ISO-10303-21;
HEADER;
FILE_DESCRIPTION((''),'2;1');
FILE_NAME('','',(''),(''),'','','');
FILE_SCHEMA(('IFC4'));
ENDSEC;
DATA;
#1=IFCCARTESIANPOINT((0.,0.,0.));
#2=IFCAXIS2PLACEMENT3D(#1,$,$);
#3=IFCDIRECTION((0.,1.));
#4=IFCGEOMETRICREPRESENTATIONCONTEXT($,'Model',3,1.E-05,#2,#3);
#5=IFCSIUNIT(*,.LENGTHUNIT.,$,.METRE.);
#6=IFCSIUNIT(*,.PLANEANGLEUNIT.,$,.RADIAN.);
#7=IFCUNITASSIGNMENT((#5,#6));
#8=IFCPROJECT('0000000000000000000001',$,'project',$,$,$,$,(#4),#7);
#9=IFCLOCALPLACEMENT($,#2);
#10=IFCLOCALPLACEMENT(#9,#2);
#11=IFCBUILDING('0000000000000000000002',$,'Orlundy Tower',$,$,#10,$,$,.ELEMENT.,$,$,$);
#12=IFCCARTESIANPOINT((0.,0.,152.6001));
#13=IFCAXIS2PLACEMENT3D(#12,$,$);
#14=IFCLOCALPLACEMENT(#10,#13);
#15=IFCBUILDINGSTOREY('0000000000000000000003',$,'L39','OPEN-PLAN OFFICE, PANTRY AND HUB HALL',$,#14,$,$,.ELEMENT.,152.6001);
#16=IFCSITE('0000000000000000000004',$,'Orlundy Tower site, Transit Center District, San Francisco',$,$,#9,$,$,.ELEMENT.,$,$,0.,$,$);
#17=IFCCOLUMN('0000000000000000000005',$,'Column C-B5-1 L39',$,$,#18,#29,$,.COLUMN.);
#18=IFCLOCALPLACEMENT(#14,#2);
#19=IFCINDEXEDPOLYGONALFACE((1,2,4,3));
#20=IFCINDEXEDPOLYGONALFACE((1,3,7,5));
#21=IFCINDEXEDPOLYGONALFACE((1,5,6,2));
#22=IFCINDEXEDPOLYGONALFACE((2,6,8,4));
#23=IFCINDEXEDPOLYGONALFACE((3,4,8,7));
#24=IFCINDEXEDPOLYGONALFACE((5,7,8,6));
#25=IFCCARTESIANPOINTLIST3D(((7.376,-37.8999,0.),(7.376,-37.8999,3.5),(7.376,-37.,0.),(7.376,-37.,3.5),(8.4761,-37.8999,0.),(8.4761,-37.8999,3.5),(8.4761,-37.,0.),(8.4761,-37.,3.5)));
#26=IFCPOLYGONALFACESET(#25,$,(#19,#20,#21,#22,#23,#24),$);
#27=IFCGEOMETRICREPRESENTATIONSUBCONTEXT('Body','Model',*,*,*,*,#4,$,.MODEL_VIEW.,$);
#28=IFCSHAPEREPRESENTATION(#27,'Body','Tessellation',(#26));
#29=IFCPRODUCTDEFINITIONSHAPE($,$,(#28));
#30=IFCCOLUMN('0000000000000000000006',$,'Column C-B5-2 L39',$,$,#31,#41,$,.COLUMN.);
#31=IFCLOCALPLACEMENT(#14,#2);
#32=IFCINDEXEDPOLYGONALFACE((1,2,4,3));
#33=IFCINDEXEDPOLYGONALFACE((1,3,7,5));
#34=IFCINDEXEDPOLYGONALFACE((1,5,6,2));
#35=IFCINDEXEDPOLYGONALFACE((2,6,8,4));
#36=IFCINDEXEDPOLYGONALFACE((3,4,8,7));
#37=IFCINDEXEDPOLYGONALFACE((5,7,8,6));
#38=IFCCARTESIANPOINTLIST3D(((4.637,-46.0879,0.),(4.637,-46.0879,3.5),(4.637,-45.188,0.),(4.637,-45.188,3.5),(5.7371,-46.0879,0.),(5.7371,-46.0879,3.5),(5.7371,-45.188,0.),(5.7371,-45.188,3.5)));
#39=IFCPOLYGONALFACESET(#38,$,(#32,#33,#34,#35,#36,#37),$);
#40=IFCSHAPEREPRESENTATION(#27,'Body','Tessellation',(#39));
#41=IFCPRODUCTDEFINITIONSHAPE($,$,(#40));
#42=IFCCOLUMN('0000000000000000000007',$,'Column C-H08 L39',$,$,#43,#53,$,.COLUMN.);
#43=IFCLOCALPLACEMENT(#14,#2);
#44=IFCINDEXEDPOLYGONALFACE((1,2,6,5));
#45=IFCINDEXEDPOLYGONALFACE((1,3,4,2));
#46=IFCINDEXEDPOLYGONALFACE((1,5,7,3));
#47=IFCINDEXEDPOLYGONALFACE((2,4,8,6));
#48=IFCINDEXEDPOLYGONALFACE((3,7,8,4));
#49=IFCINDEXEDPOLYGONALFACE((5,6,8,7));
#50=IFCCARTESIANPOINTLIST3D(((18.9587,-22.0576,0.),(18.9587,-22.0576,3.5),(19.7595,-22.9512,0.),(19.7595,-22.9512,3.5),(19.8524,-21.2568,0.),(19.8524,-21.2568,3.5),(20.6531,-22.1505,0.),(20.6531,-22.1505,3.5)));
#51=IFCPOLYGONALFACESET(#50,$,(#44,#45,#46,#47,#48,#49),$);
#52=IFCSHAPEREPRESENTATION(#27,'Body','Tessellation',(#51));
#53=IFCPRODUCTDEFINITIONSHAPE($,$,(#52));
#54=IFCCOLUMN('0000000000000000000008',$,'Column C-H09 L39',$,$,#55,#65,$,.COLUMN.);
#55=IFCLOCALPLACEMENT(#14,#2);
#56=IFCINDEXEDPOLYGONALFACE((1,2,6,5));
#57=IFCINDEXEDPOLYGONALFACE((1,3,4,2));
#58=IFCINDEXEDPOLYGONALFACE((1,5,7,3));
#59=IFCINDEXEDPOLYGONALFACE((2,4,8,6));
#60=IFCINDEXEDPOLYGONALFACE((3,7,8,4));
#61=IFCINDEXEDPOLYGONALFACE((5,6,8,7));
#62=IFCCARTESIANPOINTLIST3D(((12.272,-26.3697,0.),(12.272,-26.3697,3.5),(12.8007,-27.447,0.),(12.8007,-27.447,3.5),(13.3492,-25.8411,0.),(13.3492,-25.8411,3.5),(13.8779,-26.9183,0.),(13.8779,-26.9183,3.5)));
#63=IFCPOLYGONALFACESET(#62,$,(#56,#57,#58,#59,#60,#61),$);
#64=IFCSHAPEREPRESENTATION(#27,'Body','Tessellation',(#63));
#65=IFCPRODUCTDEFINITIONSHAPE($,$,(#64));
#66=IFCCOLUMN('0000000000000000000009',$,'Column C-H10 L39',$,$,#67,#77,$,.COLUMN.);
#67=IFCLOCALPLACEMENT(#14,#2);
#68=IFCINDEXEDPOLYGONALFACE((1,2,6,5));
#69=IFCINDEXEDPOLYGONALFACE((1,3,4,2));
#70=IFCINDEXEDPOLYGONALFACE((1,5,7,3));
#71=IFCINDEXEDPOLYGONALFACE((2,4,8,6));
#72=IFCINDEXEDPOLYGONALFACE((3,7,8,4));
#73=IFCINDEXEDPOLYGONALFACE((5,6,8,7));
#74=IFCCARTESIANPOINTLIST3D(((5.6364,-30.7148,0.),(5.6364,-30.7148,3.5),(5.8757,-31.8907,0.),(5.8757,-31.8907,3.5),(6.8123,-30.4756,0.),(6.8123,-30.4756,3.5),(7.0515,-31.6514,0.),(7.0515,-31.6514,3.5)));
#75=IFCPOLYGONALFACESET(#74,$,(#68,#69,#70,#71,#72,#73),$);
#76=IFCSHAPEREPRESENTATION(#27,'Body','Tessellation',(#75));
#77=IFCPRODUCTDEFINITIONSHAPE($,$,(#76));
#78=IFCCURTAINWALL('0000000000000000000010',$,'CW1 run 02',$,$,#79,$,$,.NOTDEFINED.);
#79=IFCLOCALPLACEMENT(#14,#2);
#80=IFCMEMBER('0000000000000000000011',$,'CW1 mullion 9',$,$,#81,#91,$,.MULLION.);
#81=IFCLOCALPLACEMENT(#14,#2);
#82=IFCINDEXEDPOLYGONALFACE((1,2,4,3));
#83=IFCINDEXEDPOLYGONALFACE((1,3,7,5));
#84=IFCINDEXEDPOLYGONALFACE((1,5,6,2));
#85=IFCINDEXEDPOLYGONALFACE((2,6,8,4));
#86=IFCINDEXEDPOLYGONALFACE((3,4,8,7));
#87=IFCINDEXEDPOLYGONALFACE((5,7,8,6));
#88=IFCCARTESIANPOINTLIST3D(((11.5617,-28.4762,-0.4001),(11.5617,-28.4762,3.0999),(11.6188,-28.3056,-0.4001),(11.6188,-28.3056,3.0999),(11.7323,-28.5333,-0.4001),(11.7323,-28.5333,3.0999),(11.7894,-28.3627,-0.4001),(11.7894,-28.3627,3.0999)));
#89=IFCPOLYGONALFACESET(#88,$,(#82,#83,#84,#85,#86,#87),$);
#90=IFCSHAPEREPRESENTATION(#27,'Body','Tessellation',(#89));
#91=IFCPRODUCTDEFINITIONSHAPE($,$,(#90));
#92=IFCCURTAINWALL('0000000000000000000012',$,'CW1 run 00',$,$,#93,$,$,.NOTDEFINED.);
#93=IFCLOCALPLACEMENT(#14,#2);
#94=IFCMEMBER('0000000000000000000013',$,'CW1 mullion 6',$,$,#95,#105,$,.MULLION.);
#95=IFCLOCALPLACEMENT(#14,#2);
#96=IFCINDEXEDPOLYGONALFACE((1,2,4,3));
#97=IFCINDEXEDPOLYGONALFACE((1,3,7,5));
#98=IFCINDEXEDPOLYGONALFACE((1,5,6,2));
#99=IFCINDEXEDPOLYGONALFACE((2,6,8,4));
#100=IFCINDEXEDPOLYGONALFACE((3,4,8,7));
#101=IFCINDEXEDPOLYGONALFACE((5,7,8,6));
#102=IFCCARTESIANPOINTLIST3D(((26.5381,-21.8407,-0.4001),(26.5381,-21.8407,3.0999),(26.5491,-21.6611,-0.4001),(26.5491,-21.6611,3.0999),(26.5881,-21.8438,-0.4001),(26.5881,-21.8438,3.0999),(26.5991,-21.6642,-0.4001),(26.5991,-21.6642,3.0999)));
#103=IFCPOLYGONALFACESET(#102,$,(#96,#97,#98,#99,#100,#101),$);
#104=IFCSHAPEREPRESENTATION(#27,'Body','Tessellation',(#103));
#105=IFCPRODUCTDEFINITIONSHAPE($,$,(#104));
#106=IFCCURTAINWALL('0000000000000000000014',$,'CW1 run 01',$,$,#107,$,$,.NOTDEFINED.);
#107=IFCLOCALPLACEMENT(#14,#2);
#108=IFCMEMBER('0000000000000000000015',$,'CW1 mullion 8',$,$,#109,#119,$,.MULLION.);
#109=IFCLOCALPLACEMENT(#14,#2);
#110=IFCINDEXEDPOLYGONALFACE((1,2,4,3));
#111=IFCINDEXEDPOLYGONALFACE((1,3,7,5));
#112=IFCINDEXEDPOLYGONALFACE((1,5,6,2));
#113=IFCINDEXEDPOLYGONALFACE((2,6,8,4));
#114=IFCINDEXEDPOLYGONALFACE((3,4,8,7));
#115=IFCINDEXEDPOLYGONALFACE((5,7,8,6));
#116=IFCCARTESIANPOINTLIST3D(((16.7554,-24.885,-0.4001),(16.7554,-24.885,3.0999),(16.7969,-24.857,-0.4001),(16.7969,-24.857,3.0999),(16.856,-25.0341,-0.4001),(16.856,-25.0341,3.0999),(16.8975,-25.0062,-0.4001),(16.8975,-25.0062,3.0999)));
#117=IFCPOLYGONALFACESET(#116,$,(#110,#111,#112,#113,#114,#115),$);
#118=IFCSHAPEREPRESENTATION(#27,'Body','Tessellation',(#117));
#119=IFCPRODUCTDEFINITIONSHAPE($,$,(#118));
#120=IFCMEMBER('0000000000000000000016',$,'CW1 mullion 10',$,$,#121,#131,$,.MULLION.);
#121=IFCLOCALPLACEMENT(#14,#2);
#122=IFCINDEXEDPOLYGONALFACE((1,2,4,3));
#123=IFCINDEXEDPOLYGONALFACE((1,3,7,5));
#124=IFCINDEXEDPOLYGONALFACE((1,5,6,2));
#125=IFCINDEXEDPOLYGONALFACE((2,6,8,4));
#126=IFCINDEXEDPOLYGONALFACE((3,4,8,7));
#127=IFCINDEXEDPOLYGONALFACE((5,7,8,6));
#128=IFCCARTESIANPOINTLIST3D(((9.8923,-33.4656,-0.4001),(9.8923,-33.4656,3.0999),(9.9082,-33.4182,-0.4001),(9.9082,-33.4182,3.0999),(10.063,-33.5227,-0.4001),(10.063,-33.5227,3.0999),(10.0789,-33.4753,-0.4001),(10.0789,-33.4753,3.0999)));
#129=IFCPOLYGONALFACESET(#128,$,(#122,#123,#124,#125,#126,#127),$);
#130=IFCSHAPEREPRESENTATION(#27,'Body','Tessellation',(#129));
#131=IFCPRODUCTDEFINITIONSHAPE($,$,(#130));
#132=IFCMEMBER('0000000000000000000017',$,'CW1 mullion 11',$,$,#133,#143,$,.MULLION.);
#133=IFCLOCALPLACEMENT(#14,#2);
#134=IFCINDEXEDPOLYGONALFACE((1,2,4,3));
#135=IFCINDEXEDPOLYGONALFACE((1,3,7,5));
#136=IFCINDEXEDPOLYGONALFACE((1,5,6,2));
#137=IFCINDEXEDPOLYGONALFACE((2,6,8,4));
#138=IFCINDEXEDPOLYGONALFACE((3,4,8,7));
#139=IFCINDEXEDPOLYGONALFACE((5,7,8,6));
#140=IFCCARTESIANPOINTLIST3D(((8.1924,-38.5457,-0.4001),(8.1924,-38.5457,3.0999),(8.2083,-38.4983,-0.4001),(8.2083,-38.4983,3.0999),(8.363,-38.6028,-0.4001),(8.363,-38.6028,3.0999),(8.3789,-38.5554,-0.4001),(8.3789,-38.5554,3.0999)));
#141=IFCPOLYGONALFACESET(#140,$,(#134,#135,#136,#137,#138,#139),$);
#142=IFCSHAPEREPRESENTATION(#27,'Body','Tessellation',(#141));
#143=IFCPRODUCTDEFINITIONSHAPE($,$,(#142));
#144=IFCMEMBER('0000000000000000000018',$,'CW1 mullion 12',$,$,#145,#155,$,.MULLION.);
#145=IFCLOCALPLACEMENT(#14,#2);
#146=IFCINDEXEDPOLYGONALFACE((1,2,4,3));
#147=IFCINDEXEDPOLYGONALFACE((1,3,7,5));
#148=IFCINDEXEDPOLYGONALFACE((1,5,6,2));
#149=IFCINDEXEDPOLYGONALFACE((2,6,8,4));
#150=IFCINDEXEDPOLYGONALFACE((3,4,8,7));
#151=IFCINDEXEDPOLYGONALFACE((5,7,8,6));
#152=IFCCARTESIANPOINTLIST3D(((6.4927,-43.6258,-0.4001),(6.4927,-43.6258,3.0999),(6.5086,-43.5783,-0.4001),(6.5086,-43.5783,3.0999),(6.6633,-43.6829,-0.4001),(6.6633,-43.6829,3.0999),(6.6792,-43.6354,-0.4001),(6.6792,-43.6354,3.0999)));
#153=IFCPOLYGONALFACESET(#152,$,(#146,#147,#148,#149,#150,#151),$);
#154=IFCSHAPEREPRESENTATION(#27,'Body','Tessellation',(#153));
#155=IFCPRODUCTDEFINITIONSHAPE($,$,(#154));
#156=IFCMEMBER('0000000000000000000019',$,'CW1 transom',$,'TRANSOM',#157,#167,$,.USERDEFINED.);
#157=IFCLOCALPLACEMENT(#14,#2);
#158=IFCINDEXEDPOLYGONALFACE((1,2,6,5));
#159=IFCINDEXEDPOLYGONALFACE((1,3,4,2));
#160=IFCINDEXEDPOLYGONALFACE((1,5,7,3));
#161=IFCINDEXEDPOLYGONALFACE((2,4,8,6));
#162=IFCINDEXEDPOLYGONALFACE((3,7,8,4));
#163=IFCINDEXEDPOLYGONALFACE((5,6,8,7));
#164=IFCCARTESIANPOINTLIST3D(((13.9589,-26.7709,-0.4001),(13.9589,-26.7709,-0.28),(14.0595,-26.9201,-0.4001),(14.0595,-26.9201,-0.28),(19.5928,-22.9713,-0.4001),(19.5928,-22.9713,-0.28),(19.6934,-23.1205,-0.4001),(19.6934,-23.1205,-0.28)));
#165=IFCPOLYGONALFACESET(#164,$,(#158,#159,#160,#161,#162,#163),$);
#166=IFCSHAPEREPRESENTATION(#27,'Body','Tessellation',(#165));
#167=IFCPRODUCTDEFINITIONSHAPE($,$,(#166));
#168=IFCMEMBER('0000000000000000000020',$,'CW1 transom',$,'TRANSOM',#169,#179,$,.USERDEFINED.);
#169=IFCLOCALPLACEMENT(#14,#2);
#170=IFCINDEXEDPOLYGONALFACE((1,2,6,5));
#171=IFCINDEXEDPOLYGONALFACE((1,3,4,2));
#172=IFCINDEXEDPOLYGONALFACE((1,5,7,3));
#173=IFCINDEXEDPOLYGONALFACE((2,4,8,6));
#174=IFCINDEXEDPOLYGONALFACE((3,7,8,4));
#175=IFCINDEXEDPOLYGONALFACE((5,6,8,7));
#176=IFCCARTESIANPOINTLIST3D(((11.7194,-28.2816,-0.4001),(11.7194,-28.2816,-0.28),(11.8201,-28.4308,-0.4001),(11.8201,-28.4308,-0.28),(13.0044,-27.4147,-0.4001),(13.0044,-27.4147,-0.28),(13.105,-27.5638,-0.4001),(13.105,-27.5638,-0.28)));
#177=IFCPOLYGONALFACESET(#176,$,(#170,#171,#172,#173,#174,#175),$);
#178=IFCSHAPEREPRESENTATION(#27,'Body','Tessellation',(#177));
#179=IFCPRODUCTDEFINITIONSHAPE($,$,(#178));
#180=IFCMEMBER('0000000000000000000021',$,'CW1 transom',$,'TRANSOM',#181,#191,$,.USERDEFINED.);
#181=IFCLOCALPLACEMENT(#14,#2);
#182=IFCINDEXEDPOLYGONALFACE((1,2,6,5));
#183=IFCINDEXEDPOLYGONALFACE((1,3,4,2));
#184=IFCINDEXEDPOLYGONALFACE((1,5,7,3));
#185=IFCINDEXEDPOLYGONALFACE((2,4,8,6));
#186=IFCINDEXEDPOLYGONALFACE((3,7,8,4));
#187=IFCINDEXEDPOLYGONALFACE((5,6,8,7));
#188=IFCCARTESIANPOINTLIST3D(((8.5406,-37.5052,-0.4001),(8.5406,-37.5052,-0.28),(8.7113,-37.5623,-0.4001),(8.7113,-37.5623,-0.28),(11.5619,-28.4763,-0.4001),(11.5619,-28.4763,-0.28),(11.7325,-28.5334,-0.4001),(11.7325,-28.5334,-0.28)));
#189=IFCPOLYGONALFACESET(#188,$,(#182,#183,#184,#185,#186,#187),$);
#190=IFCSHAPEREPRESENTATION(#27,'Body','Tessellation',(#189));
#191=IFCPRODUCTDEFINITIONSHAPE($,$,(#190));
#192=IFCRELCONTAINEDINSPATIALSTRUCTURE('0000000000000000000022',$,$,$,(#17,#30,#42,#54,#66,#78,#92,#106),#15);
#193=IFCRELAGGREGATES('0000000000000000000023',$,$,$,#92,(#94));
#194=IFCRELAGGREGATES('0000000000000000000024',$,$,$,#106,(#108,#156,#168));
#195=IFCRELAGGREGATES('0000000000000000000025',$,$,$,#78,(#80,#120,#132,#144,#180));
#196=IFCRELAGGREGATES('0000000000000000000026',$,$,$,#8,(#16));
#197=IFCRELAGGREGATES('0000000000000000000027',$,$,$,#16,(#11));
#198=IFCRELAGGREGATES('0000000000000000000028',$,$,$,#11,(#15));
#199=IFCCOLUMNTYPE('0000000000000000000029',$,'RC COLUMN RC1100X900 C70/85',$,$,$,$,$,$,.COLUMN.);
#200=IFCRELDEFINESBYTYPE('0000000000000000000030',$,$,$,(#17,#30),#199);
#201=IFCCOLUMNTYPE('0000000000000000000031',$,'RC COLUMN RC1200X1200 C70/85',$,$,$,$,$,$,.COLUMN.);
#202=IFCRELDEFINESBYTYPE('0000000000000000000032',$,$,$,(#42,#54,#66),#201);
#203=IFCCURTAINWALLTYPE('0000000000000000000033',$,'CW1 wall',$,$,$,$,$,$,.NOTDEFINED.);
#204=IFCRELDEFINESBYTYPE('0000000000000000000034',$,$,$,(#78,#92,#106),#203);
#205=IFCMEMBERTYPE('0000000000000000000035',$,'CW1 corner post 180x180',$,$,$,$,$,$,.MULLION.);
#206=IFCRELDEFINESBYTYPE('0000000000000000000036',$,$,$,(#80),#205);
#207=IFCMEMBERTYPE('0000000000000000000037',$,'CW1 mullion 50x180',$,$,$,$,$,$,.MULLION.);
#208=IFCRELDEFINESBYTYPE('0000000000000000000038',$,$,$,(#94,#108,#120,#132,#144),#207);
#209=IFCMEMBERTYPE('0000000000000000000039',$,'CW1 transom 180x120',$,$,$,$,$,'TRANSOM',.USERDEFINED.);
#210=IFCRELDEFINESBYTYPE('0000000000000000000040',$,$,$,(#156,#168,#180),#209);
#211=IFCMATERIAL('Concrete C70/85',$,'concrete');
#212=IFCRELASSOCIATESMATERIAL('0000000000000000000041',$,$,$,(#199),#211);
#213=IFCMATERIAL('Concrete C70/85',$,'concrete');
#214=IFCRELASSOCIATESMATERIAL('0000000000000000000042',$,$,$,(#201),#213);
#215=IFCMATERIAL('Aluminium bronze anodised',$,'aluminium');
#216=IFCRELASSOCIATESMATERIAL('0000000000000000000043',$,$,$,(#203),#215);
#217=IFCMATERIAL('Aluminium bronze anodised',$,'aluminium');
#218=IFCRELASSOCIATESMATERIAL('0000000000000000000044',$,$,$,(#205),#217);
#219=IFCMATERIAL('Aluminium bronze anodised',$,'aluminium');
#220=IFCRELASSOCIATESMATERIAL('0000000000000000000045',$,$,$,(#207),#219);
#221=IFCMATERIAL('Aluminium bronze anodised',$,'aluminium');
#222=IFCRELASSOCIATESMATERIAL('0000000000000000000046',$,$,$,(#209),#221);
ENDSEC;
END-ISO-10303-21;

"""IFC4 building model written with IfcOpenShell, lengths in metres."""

from ifc_helpers import new_model, si_unit, direction, frame, origin, origin_2d, place, context, subcontext, project, spatial, rectangle, extrude, material, material_profile, profile_set, type_object, element, aggregate, save


model = new_model("IFC4")

# Units and contexts
model_context = context("Model", 3, precision=1e-05, world=origin(), true_north=direction((0.0, 1.0)))
body_context = subcontext(model_context, "Body", "Model", "MODEL_VIEW")
ifc_project = project(units=[si_unit("LENGTHUNIT", "METRE"), si_unit("PLANEANGLEUNIT", "RADIAN")], contexts=[model_context])

# Site, building, storey
site_placement = place(None, origin())
site = spatial("IfcSite", under=ifc_project, at=site_placement, Name="Orlundy Tower site, Transit Center District, San Francisco", CompositionType="ELEMENT", RefElevation=0.0)
building_placement = place(site_placement, origin())
building = spatial("IfcBuilding", under=site, at=building_placement, Name="Orlundy Tower", CompositionType="ELEMENT")
storey_placement = place(building_placement, frame((0.0, 0.0, 152.6001)))
storey = spatial("IfcBuildingStorey", under=building, at=storey_placement, Name="L39", Description="OPEN-PLAN OFFICE, PANTRY AND HUB HALL", CompositionType="ELEMENT", Elevation=152.6001)

# Columns
ifc_material_1 = material(Name="Concrete C70/85", Category="concrete")
ifc_material_profile_1 = material_profile(ifc_material_1, rectangle(XDim=1.1001, YDim=0.8999, at=origin_2d()), Name="RC1100X900")
ifc_profile_set_1 = profile_set([ifc_material_profile_1], Name="Concrete C70/85")
column_type_1 = type_object("IfcColumnType", Name="RC COLUMN RC1100X900 C70/85", PredefinedType="COLUMN", material=ifc_profile_set_1)
for number, where, z_axis, x_axis, name in (
    (1, (7.926, -37.45, 0.0), (0.0, 0.0, 1.0), (1.0, 0.0, 0.0), "Column C-B5-1 L39"),
    (2, (5.187, -45.6379, 0.0), (0.0, 0.0, 1.0), (1.0, 0.0, 0.0), "Column C-B5-2 L39"),
):
    element("IfcColumn", number, at=place(storey_placement, frame(where, z_axis=z_axis, x_axis=x_axis)), inside=storey, type_object=column_type_1, Name=name, PredefinedType="COLUMN", context=body_context, shape_type="SweptSolid", body=[
        extrude(rectangle(XDim=1.1001, YDim=0.8999, at=origin_2d()), origin(), (0.0, 0.0, 1.0), 3.5),
    ])
ifc_material_2 = material(Name="Concrete C70/85", Category="concrete")
ifc_material_profile_2 = material_profile(ifc_material_2, rectangle(XDim=1.2, YDim=1.2, at=origin_2d()), Name="RC1200X1200")
ifc_profile_set_2 = profile_set([ifc_material_profile_2], Name="Concrete C70/85")
column_type_2 = type_object("IfcColumnType", Name="RC COLUMN RC1200X1200 C70/85", PredefinedType="COLUMN", material=ifc_profile_set_2)
for number, where, z_axis, x_axis, name in (
    (3, (19.8059, -22.104, 0.0), (0.0, 0.0, 1.0), (0.667339, -0.744754, 0.0), "Column C-H08 L39"),
    (4, (13.075, -26.644, 0.0), (0.0, 0.0, 1.0), (0.44055, -0.897728, 0.0), "Column C-H09 L39"),
    (5, (6.344, -31.1831, 0.0), (0.0, 0.0, 1.0), (0.199368, -0.979925, 0.0), "Column C-H10 L39"),
):
    element("IfcColumn", number, at=place(storey_placement, frame(where, z_axis=z_axis, x_axis=x_axis)), inside=storey, type_object=column_type_2, Name=name, PredefinedType="COLUMN", context=body_context, shape_type="SweptSolid", body=[
        extrude(rectangle(XDim=1.2, YDim=1.2, at=origin_2d()), origin(), (0.0, 0.0, 1.0), 3.5),
    ])

# Curtain walls, members
ifc_material_3 = material(Name="Aluminium bronze anodised", Category="aluminium")
curtain_wall_type = type_object("IfcCurtainWallType", Name="CW1 wall", PredefinedType="NOTDEFINED", material=ifc_material_3)
curtain_wall_1_placement = place(storey_placement, origin())
curtain_wall_1 = element("IfcCurtainWall", 6, at=curtain_wall_1_placement, inside=storey, type_object=curtain_wall_type, Name="CW1 run 02", PredefinedType="NOTDEFINED")
ifc_material_4 = material(Name="Aluminium bronze anodised", Category="aluminium")
ifc_material_profile_3 = material_profile(ifc_material_4, rectangle(XDim=0.1799, YDim=0.1799, at=origin_2d()), Name="CW1 corner post 180x180")
ifc_profile_set_3 = profile_set([ifc_material_profile_3], Name="Aluminium bronze anodised")
member_type_1 = type_object("IfcMemberType", Name="CW1 corner post 180x180", PredefinedType="MULLION", material=ifc_profile_set_3)
member_1_placement = place(storey_placement, frame((11.6755, -28.4194, -0.4001), z_axis=(0.0, 0.0, 1.0), x_axis=(0.948321, -0.317314, 0.0)))
member_1 = element("IfcMember", 7, at=member_1_placement, type_object=member_type_1, Name="CW1 mullion 9", PredefinedType="MULLION", context=body_context, shape_type="SweptSolid", body=[
    extrude(rectangle(XDim=0.1799, YDim=0.1799, at=origin_2d()), origin(), (0.0, 0.0, 1.0), 3.5),
])
curtain_wall_2_placement = place(storey_placement, origin())
curtain_wall_2 = element("IfcCurtainWall", 8, at=curtain_wall_2_placement, inside=storey, type_object=curtain_wall_type, Name="CW1 run 00", PredefinedType="NOTDEFINED")
ifc_material_5 = material(Name="Aluminium bronze anodised", Category="aluminium")
ifc_material_profile_4 = material_profile(ifc_material_5, rectangle(XDim=0.1799, YDim=0.05, at=origin_2d()), Name="CW1 mullion 50x180")
ifc_profile_set_4 = profile_set([ifc_material_profile_4], Name="Aluminium bronze anodised")
member_type_2 = type_object("IfcMemberType", Name="CW1 mullion 50x180", PredefinedType="MULLION", material=ifc_profile_set_4)
member_2_placement = place(storey_placement, frame((26.5686, -21.7524, -0.4001), z_axis=(0.0, 0.0, 1.0), x_axis=(-0.061043, -0.998135, 0.0)))
member_2 = element("IfcMember", 9, at=member_2_placement, type_object=member_type_2, Name="CW1 mullion 6", PredefinedType="MULLION", context=body_context, shape_type="SweptSolid", body=[
    extrude(rectangle(XDim=0.1799, YDim=0.05, at=origin_2d()), origin(), (0.0, 0.0, 1.0), 3.5),
])
aggregate(curtain_wall_2, [member_2])
curtain_wall_3_placement = place(storey_placement, origin())
curtain_wall_3 = element("IfcCurtainWall", 10, at=curtain_wall_3_placement, inside=storey, type_object=curtain_wall_type, Name="CW1 run 01", PredefinedType="NOTDEFINED")
member_3_placement = place(storey_placement, frame((16.8264, -24.9456, -0.4001), z_axis=(0.0, 0.0, 1.0), x_axis=(0.559165, -0.829057, 0.0)))
member_3 = element("IfcMember", 11, at=member_3_placement, type_object=member_type_2, Name="CW1 mullion 8", PredefinedType="MULLION", context=body_context, shape_type="SweptSolid", body=[
    extrude(rectangle(XDim=0.1799, YDim=0.05, at=origin_2d()), origin(), (0.0, 0.0, 1.0), 3.5),
])

# Members
member_4_placement = place(storey_placement, frame((9.9856, -33.4705, -0.4001), z_axis=(0.0, 0.0, 1.0), x_axis=(0.948321, -0.317314, 0.0)))
member_4 = element("IfcMember", 12, at=member_4_placement, type_object=member_type_2, Name="CW1 mullion 10", PredefinedType="MULLION", context=body_context, shape_type="SweptSolid", body=[
    extrude(rectangle(XDim=0.1799, YDim=0.05, at=origin_2d()), origin(), (0.0, 0.0, 1.0), 3.5),
])
member_5_placement = place(storey_placement, frame((8.2856, -38.5505, -0.4001), z_axis=(0.0, 0.0, 1.0), x_axis=(0.948321, -0.317314, 0.0)))
member_5 = element("IfcMember", 13, at=member_5_placement, type_object=member_type_2, Name="CW1 mullion 11", PredefinedType="MULLION", context=body_context, shape_type="SweptSolid", body=[
    extrude(rectangle(XDim=0.1799, YDim=0.05, at=origin_2d()), origin(), (0.0, 0.0, 1.0), 3.5),
])
member_6_placement = place(storey_placement, frame((6.5859, -43.6306, -0.4001), z_axis=(0.0, 0.0, 1.0), x_axis=(0.948321, -0.317314, 0.0)))
member_6 = element("IfcMember", 14, at=member_6_placement, type_object=member_type_2, Name="CW1 mullion 12", PredefinedType="MULLION", context=body_context, shape_type="SweptSolid", body=[
    extrude(rectangle(XDim=0.1799, YDim=0.05, at=origin_2d()), origin(), (0.0, 0.0, 1.0), 3.5),
])
ifc_material_6 = material(Name="Aluminium bronze anodised", Category="aluminium")
ifc_material_profile_5 = material_profile(ifc_material_6, rectangle(XDim=0.1799, YDim=0.1201, at=origin_2d()), Name="CW1 transom 180x120")
ifc_profile_set_5 = profile_set([ifc_material_profile_5], Name="Aluminium bronze anodised")
member_type_3 = type_object("IfcMemberType", Name="CW1 transom 180x120", ElementType="TRANSOM", PredefinedType="USERDEFINED", material=ifc_profile_set_5)
member_7_placement = place(storey_placement, frame((19.6431, -23.0459, -0.3401), z_axis=(-0.82907, -0.559145, 0.0), x_axis=(0.559145, -0.82907, 0.0)))
member_7 = element("IfcMember", 15, at=member_7_placement, type_object=member_type_3, Name="CW1 transom", ObjectType="TRANSOM", PredefinedType="USERDEFINED", context=body_context, shape_type="SweptSolid", body=[
    extrude(rectangle(XDim=0.1799, YDim=0.1201, at=origin_2d()), origin(), (0.0, 0.0, 1.0), 6.7954),
])
member_8_placement = place(storey_placement, frame((13.0547, -27.4893, -0.3401), z_axis=(-0.82896, -0.559308, 0.0), x_axis=(0.559308, -0.82896, 0.0)))
member_8 = element("IfcMember", 16, at=member_8_placement, type_object=member_type_3, Name="CW1 transom", ObjectType="TRANSOM", PredefinedType="USERDEFINED", context=body_context, shape_type="SweptSolid", body=[
    extrude(rectangle(XDim=0.1799, YDim=0.1201, at=origin_2d()), origin(), (0.0, 0.0, 1.0), 1.55),
])
member_9_placement = place(storey_placement, frame((11.6472, -28.5049, -0.3401), z_axis=(-0.317328, -0.948316, 0.0), x_axis=(0.948316, -0.317328, 0.0)))
member_9 = element("IfcMember", 17, at=member_9_placement, type_object=member_type_3, Name="CW1 transom", ObjectType="TRANSOM", PredefinedType="USERDEFINED", context=body_context, shape_type="SweptSolid", body=[
    extrude(rectangle(XDim=0.1799, YDim=0.1201, at=origin_2d()), origin(), (0.0, 0.0, 1.0), 9.521),
])

aggregate(curtain_wall_3, [member_3, member_7, member_8])
aggregate(curtain_wall_1, [member_1, member_4, member_5, member_6, member_9])

save(model, "model.ifc")
